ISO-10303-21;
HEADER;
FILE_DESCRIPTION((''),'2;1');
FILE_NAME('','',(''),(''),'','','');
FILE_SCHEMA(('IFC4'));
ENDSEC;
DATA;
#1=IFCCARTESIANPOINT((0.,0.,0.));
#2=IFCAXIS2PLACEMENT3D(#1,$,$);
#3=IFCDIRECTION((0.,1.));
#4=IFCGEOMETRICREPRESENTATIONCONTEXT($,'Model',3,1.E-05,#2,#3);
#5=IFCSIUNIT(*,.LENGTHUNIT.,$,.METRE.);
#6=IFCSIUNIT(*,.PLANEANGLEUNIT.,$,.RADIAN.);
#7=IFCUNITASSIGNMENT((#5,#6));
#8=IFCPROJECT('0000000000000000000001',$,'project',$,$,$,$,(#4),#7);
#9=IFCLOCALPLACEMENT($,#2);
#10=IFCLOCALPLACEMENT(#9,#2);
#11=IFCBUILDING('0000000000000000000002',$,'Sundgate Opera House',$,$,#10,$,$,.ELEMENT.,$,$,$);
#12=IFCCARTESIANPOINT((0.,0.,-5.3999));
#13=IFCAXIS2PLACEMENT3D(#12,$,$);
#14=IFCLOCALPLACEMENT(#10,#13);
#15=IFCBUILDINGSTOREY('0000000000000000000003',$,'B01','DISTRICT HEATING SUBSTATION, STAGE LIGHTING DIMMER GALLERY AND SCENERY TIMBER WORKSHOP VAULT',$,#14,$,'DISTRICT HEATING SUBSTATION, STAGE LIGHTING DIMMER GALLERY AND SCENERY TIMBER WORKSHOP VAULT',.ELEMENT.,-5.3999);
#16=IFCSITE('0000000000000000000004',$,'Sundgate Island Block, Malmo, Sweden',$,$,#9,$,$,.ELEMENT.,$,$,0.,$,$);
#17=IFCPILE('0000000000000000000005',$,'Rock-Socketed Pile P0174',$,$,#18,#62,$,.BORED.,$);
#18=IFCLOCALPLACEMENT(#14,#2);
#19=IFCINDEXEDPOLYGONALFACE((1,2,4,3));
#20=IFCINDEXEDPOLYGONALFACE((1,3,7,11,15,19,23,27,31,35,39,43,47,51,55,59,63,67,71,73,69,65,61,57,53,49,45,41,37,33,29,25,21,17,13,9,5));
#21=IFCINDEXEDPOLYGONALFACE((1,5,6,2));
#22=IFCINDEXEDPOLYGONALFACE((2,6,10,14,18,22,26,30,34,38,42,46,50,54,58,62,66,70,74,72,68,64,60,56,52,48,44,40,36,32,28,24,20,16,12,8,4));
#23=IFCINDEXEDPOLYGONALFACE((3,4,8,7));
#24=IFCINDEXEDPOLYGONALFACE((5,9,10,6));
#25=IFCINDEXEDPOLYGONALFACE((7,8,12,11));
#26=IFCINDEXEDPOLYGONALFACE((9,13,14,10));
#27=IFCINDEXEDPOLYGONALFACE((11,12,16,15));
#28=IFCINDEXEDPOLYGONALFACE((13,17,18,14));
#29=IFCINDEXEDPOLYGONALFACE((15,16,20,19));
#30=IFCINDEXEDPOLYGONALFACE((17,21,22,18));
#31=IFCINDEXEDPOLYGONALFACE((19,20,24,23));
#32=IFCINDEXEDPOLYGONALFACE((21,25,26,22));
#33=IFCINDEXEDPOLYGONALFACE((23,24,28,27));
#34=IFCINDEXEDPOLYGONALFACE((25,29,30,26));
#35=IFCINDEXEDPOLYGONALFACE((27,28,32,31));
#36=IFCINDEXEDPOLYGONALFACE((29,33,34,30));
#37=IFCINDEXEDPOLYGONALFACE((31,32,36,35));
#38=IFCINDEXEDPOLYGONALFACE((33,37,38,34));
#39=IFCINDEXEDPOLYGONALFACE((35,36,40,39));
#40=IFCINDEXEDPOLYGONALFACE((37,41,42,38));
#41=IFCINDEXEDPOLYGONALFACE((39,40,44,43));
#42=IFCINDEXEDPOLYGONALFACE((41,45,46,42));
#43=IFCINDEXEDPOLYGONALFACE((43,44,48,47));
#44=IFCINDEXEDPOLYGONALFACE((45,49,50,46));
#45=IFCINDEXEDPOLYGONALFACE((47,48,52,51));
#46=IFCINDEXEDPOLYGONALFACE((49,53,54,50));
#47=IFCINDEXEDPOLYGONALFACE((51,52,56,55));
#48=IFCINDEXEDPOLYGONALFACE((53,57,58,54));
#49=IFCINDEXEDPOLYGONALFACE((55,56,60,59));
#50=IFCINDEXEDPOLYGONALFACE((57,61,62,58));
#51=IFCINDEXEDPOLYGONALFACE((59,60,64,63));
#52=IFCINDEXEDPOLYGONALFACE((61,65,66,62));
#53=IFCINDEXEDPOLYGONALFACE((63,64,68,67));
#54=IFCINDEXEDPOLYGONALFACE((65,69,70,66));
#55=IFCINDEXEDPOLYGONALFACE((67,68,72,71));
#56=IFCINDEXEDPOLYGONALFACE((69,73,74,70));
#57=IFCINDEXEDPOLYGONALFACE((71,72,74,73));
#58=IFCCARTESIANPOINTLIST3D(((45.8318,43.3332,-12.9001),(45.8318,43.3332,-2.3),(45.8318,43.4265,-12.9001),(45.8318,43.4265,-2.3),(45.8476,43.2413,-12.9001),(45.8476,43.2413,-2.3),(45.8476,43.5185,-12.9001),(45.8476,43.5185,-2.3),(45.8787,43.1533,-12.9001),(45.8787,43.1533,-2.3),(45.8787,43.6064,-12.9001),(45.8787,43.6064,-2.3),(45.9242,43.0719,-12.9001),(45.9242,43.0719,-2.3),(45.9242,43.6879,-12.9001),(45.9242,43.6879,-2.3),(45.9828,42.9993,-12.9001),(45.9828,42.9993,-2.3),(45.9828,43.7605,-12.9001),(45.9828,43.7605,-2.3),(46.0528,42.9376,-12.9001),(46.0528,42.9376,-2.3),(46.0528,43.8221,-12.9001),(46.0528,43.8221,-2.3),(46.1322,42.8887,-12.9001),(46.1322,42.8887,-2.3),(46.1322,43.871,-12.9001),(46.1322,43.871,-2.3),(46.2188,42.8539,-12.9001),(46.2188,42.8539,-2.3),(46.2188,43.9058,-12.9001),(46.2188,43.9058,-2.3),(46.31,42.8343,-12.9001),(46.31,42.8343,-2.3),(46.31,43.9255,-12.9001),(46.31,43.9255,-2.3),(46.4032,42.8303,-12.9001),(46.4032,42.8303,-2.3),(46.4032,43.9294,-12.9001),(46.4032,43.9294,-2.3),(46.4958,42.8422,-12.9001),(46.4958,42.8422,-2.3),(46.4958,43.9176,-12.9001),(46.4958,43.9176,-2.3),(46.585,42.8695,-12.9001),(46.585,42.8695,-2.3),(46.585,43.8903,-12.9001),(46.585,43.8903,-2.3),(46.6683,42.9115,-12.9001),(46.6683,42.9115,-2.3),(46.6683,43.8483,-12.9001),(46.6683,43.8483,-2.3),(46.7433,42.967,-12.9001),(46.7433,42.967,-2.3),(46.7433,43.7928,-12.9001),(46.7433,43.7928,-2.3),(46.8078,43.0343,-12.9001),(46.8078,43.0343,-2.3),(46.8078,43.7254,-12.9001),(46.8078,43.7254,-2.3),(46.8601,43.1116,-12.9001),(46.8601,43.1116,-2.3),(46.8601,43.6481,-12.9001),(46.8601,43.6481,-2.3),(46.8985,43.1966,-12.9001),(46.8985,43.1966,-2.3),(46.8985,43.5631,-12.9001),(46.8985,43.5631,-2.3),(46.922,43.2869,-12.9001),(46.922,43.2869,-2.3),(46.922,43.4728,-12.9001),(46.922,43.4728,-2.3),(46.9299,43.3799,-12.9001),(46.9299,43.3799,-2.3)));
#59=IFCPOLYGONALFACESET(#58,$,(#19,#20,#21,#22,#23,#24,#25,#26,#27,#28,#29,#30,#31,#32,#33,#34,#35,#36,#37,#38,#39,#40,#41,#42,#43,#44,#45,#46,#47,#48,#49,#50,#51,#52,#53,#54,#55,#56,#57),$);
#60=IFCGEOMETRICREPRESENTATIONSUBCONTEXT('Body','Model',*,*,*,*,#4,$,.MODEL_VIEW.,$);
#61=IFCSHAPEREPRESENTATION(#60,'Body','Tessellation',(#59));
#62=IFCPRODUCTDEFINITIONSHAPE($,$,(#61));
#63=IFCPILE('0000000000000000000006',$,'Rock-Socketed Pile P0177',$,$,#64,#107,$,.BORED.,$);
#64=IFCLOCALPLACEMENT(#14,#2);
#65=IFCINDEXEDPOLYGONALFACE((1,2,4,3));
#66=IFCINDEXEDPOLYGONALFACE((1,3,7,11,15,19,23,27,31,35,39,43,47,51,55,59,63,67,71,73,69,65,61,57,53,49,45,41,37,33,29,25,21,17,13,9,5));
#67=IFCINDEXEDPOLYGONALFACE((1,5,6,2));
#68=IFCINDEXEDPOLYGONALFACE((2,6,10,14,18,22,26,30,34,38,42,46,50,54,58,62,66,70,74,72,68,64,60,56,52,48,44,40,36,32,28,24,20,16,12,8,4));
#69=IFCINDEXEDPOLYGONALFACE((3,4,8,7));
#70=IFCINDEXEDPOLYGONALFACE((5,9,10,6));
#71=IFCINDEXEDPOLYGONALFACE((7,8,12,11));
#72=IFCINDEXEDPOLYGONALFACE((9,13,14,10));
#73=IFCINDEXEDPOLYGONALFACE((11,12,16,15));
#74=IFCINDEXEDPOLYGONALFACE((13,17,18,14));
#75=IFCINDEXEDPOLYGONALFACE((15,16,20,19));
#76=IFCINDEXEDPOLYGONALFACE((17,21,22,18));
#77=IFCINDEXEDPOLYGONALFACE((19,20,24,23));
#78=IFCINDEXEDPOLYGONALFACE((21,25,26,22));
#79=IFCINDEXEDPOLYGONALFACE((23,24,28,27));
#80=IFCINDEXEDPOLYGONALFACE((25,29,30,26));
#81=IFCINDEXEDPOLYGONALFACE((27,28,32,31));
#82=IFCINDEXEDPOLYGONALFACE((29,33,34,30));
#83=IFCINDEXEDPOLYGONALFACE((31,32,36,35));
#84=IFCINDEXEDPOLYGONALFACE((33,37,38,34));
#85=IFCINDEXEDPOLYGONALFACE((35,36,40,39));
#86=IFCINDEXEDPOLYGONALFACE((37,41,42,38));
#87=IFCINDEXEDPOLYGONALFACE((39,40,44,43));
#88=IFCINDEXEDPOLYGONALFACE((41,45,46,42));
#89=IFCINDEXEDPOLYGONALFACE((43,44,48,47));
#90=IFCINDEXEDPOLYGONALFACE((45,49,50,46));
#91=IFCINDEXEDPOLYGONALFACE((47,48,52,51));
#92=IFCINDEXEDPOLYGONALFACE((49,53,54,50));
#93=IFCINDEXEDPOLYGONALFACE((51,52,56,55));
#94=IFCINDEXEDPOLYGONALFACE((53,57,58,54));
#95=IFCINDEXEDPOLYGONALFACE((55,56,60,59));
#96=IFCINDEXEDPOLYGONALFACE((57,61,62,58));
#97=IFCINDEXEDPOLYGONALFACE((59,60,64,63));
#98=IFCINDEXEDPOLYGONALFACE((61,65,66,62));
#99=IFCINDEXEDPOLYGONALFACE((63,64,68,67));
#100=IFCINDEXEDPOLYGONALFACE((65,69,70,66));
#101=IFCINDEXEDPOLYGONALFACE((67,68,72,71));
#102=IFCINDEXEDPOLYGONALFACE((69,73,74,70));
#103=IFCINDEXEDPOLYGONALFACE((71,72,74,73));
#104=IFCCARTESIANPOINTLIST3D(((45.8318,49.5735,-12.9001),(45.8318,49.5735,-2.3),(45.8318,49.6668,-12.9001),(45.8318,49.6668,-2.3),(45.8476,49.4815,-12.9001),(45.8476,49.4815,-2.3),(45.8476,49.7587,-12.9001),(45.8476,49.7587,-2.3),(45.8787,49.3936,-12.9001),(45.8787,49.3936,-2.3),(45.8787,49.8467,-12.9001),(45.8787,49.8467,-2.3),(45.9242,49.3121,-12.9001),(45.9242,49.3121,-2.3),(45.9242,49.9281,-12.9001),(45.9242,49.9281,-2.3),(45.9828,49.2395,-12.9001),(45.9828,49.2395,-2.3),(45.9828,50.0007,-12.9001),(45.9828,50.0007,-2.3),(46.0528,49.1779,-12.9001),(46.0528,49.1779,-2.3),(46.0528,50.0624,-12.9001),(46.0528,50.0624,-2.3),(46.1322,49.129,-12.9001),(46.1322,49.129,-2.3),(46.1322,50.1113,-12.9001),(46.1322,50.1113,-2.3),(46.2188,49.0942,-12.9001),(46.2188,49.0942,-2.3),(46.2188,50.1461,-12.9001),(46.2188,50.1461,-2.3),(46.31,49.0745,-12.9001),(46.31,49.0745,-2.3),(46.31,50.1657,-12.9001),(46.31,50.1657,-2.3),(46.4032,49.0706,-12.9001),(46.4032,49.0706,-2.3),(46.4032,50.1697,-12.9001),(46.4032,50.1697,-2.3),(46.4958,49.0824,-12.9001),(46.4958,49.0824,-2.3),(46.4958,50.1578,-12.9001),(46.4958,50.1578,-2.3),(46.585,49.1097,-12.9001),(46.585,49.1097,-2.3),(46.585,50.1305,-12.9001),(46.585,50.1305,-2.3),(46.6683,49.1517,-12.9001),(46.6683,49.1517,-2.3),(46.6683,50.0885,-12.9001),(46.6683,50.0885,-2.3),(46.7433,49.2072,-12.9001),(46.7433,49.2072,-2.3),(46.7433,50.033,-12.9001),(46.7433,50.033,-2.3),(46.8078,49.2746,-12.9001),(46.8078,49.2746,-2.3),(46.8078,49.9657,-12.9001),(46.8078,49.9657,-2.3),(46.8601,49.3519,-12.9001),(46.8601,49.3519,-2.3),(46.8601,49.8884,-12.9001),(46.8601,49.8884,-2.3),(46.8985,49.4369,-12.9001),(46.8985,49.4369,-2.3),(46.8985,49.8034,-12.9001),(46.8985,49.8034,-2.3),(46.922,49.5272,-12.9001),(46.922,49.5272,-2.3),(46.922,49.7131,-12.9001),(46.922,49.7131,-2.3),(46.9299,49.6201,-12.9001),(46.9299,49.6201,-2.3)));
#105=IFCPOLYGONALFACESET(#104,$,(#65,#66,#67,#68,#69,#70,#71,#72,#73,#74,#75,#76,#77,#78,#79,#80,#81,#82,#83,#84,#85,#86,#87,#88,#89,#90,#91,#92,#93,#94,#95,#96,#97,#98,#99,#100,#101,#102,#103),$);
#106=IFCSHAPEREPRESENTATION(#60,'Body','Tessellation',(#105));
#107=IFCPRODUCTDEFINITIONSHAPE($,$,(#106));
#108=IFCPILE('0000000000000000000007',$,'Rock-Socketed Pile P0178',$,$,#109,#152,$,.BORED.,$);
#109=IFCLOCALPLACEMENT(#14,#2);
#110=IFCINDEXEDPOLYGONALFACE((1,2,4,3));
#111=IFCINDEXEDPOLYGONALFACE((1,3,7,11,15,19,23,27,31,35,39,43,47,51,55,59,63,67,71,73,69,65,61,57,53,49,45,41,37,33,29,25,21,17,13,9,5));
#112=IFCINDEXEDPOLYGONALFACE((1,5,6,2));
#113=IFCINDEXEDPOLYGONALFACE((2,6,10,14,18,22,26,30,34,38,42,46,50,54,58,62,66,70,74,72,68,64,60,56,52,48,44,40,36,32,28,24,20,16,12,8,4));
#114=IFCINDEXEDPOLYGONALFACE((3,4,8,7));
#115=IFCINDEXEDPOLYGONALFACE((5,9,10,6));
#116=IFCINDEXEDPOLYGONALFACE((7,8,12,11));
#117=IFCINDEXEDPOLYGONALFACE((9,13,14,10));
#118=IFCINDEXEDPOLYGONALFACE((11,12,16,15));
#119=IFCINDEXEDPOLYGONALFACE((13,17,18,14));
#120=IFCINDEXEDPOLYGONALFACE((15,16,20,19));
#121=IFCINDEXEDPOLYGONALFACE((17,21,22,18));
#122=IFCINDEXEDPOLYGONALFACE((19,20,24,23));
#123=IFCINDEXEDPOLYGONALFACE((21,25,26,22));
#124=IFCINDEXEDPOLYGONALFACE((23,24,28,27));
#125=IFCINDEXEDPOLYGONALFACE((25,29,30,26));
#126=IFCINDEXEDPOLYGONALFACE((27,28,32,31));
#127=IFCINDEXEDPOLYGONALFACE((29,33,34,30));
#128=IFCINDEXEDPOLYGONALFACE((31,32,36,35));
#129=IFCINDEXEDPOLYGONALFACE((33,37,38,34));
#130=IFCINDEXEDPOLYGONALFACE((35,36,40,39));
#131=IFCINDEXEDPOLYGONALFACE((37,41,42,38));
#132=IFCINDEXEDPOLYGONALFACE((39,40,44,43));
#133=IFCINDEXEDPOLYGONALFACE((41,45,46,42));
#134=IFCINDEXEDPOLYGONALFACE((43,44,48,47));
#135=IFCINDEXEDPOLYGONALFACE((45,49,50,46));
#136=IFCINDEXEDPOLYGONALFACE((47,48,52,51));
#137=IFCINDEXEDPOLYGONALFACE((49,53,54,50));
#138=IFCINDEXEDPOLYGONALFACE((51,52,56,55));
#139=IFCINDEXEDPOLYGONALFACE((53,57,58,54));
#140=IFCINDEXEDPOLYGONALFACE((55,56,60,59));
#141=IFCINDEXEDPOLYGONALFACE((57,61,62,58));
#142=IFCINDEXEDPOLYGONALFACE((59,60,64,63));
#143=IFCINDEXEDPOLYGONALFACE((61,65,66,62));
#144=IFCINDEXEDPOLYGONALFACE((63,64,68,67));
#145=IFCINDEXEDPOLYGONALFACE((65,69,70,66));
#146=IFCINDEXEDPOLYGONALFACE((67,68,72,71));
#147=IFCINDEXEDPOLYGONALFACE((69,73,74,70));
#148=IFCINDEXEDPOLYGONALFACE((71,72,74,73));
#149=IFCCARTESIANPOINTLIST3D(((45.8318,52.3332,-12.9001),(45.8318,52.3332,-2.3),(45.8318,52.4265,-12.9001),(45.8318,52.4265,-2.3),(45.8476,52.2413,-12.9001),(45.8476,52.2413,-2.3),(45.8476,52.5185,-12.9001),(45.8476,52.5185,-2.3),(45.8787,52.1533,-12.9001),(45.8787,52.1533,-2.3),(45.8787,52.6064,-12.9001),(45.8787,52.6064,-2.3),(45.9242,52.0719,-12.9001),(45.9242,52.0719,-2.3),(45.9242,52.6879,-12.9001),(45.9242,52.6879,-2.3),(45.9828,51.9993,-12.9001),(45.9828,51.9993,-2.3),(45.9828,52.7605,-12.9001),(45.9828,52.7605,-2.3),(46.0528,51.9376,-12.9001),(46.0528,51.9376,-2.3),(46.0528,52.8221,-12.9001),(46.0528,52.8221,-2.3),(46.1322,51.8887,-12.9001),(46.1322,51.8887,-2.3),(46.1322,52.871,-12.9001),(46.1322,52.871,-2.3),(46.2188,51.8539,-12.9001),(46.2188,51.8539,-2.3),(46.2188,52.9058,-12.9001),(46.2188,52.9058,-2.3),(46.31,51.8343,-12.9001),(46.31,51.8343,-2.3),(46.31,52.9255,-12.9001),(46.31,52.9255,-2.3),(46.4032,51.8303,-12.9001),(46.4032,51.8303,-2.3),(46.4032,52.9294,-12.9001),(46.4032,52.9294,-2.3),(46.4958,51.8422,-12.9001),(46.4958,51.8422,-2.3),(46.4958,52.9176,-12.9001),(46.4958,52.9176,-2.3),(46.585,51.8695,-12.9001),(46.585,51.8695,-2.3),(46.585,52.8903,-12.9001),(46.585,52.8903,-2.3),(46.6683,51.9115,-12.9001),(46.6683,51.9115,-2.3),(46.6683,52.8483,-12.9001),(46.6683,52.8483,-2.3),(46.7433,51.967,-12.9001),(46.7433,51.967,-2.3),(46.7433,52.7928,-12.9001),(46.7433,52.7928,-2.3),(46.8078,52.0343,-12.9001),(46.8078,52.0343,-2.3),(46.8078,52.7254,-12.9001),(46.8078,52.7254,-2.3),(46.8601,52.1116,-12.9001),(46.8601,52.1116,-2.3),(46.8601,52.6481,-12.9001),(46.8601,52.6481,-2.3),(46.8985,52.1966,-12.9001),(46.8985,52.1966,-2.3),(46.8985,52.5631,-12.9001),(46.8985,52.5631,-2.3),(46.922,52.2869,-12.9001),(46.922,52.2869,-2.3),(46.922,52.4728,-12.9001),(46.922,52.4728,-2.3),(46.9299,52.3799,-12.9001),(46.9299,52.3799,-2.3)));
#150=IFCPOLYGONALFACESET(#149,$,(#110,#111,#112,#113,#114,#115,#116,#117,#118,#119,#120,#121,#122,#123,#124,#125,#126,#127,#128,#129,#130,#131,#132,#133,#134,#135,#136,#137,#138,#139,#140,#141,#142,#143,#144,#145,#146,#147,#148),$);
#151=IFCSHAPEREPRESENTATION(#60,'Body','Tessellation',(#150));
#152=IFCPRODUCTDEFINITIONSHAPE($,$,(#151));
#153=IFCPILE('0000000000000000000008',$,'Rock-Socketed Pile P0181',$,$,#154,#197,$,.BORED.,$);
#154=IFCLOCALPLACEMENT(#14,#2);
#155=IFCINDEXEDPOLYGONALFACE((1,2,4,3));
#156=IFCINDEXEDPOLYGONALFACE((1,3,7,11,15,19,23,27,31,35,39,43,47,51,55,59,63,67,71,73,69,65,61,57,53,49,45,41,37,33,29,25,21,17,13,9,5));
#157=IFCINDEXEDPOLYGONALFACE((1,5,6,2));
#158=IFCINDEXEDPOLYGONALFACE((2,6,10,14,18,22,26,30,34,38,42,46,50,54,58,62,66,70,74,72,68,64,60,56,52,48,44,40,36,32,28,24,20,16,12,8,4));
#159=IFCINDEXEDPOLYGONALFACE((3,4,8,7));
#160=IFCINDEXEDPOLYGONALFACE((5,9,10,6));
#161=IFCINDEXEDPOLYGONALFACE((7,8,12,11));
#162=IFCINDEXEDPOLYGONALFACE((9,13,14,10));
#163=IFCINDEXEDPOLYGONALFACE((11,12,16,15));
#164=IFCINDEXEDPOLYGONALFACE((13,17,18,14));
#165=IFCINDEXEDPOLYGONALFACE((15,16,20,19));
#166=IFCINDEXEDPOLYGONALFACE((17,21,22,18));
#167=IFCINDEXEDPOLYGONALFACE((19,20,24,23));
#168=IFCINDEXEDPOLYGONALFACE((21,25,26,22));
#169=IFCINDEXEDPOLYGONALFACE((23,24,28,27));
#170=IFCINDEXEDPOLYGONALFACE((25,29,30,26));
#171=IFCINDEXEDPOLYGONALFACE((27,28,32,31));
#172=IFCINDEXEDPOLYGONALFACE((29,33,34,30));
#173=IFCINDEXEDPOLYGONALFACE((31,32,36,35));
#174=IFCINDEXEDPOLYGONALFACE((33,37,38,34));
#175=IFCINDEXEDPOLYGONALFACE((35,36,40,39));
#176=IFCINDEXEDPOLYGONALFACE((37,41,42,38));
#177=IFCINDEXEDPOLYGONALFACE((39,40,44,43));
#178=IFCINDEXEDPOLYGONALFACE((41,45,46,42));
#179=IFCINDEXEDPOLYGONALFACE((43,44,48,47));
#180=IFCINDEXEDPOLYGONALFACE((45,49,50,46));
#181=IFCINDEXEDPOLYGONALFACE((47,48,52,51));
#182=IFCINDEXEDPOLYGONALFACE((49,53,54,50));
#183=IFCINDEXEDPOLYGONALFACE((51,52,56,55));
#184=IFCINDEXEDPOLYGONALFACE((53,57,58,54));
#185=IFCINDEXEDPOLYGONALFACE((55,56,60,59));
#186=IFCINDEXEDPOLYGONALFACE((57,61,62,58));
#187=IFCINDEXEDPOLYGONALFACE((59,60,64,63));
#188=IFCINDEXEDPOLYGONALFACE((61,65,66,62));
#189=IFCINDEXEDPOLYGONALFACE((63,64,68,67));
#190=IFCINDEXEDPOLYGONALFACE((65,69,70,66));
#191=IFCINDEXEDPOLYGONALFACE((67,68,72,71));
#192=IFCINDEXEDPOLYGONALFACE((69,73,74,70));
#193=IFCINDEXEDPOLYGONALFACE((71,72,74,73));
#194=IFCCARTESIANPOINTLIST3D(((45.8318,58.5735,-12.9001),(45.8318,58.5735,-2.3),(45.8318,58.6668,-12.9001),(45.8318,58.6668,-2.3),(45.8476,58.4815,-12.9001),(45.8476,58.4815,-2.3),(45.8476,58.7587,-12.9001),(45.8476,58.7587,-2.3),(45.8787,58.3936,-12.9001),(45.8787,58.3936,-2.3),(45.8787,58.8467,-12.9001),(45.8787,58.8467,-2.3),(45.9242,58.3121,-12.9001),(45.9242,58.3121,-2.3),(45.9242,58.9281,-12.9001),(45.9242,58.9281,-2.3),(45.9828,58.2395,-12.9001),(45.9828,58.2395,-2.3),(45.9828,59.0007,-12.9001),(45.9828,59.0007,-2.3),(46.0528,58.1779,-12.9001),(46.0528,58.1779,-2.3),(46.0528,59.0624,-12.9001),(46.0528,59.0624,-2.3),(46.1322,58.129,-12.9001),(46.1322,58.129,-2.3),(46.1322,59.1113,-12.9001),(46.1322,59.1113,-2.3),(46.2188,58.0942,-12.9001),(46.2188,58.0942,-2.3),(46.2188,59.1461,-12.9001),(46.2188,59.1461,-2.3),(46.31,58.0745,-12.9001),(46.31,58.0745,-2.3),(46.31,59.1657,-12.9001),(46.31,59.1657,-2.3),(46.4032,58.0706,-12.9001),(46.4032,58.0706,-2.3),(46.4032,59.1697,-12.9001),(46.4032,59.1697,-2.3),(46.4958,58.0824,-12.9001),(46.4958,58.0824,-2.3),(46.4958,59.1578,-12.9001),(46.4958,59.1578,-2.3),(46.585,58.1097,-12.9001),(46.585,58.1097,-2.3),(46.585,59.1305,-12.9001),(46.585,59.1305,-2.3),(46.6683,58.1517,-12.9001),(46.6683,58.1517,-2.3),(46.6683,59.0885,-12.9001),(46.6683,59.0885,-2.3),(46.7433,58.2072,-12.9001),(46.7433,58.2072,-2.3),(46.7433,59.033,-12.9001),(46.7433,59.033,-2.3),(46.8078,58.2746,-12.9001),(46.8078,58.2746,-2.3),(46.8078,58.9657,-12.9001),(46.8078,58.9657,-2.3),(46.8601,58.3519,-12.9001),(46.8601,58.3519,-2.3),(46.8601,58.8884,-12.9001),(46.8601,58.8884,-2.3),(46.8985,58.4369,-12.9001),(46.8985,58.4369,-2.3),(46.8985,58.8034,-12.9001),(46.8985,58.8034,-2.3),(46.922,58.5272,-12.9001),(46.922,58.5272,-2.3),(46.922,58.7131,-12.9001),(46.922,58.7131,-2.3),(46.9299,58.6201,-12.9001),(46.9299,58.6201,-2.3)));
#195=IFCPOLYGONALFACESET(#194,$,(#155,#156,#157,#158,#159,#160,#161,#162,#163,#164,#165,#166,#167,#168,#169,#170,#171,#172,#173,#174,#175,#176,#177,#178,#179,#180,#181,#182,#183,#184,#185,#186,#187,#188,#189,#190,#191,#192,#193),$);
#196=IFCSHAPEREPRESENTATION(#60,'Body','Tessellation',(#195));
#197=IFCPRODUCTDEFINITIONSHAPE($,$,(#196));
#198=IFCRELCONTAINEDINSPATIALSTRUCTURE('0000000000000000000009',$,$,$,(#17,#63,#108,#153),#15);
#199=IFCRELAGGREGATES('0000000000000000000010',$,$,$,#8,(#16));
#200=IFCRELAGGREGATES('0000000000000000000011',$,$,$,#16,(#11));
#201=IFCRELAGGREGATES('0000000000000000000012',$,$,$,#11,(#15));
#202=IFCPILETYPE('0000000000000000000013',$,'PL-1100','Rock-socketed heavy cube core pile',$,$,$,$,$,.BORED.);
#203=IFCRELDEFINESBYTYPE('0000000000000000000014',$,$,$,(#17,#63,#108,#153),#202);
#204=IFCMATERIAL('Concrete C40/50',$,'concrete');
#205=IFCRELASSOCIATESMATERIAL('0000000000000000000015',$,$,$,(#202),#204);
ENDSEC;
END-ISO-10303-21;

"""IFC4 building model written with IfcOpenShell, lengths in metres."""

from ifc_helpers import new_model, si_unit, direction, frame, origin, origin_2d, place, context, subcontext, project, spatial, circle, extrude, material, material_profile, profile_set, type_object, element, save


model = new_model("IFC4")

# Units and contexts
model_context = context("Model", 3, precision=1e-05, world=origin(), true_north=direction((0.0, 1.0)))
body_context = subcontext(model_context, "Body", "Model", "MODEL_VIEW")
ifc_project = project(units=[si_unit("LENGTHUNIT", "METRE"), si_unit("PLANEANGLEUNIT", "RADIAN")], contexts=[model_context])

# Site, building, storey
site_placement = place(None, origin())
site = spatial("IfcSite", under=ifc_project, at=site_placement, Name="Sundgate Island Block, Malmo, Sweden", CompositionType="ELEMENT", RefElevation=0.0)
building_placement = place(site_placement, origin())
building = spatial("IfcBuilding", under=site, at=building_placement, Name="Sundgate Opera House", CompositionType="ELEMENT")
storey_placement = place(building_placement, frame((0.0, 0.0, -5.3999)))
storey = spatial("IfcBuildingStorey", under=building, at=storey_placement, Name="B01", Description="DISTRICT HEATING SUBSTATION, STAGE LIGHTING DIMMER GALLERY AND SCENERY TIMBER WORKSHOP VAULT", LongName="DISTRICT HEATING SUBSTATION, STAGE LIGHTING DIMMER GALLERY AND SCENERY TIMBER WORKSHOP VAULT", CompositionType="ELEMENT", Elevation=-5.3999)

# Piles
ifc_material_1 = material(Name="Concrete C40/50", Category="concrete")
ifc_material_profile_1 = material_profile(ifc_material_1, circle(Radius=0.55, at=origin_2d()), Name="PILE D1100")
ifc_profile_set_1 = profile_set([ifc_material_profile_1], Name="Concrete C40/50")
pile_type_1 = type_object("IfcPileType", Name="PL-1100", Description="Rock-socketed heavy cube core pile", PredefinedType="BORED", material=ifc_profile_set_1)
for number, where, z_axis, x_axis, name in (
    (1, (46.3799, 43.3799, -2.3), (0.0, 0.0, -1.0), (1.0, 0.0, 0.0), "Rock-Socketed Pile P0174"),
    (2, (46.3799, 49.6201, -2.3), (0.0, 0.0, -1.0), (1.0, 0.0, 0.0), "Rock-Socketed Pile P0177"),
    (3, (46.3799, 52.3799, -2.3), (0.0, 0.0, -1.0), (1.0, 0.0, 0.0), "Rock-Socketed Pile P0178"),
    (4, (46.3799, 58.6201, -2.3), (0.0, 0.0, -1.0), (1.0, 0.0, 0.0), "Rock-Socketed Pile P0181"),
):
    element("IfcPile", number, at=place(storey_placement, frame(where, z_axis=z_axis, x_axis=x_axis)), inside=storey, type_object=pile_type_1, Name=name, PredefinedType="BORED", context=body_context, shape_type="SweptSolid", body=[
        extrude(circle(Radius=0.55, at=origin_2d()), origin(), (0.0, 0.0, 1.0), 10.6001),
    ])

save(model, "model.ifc")
